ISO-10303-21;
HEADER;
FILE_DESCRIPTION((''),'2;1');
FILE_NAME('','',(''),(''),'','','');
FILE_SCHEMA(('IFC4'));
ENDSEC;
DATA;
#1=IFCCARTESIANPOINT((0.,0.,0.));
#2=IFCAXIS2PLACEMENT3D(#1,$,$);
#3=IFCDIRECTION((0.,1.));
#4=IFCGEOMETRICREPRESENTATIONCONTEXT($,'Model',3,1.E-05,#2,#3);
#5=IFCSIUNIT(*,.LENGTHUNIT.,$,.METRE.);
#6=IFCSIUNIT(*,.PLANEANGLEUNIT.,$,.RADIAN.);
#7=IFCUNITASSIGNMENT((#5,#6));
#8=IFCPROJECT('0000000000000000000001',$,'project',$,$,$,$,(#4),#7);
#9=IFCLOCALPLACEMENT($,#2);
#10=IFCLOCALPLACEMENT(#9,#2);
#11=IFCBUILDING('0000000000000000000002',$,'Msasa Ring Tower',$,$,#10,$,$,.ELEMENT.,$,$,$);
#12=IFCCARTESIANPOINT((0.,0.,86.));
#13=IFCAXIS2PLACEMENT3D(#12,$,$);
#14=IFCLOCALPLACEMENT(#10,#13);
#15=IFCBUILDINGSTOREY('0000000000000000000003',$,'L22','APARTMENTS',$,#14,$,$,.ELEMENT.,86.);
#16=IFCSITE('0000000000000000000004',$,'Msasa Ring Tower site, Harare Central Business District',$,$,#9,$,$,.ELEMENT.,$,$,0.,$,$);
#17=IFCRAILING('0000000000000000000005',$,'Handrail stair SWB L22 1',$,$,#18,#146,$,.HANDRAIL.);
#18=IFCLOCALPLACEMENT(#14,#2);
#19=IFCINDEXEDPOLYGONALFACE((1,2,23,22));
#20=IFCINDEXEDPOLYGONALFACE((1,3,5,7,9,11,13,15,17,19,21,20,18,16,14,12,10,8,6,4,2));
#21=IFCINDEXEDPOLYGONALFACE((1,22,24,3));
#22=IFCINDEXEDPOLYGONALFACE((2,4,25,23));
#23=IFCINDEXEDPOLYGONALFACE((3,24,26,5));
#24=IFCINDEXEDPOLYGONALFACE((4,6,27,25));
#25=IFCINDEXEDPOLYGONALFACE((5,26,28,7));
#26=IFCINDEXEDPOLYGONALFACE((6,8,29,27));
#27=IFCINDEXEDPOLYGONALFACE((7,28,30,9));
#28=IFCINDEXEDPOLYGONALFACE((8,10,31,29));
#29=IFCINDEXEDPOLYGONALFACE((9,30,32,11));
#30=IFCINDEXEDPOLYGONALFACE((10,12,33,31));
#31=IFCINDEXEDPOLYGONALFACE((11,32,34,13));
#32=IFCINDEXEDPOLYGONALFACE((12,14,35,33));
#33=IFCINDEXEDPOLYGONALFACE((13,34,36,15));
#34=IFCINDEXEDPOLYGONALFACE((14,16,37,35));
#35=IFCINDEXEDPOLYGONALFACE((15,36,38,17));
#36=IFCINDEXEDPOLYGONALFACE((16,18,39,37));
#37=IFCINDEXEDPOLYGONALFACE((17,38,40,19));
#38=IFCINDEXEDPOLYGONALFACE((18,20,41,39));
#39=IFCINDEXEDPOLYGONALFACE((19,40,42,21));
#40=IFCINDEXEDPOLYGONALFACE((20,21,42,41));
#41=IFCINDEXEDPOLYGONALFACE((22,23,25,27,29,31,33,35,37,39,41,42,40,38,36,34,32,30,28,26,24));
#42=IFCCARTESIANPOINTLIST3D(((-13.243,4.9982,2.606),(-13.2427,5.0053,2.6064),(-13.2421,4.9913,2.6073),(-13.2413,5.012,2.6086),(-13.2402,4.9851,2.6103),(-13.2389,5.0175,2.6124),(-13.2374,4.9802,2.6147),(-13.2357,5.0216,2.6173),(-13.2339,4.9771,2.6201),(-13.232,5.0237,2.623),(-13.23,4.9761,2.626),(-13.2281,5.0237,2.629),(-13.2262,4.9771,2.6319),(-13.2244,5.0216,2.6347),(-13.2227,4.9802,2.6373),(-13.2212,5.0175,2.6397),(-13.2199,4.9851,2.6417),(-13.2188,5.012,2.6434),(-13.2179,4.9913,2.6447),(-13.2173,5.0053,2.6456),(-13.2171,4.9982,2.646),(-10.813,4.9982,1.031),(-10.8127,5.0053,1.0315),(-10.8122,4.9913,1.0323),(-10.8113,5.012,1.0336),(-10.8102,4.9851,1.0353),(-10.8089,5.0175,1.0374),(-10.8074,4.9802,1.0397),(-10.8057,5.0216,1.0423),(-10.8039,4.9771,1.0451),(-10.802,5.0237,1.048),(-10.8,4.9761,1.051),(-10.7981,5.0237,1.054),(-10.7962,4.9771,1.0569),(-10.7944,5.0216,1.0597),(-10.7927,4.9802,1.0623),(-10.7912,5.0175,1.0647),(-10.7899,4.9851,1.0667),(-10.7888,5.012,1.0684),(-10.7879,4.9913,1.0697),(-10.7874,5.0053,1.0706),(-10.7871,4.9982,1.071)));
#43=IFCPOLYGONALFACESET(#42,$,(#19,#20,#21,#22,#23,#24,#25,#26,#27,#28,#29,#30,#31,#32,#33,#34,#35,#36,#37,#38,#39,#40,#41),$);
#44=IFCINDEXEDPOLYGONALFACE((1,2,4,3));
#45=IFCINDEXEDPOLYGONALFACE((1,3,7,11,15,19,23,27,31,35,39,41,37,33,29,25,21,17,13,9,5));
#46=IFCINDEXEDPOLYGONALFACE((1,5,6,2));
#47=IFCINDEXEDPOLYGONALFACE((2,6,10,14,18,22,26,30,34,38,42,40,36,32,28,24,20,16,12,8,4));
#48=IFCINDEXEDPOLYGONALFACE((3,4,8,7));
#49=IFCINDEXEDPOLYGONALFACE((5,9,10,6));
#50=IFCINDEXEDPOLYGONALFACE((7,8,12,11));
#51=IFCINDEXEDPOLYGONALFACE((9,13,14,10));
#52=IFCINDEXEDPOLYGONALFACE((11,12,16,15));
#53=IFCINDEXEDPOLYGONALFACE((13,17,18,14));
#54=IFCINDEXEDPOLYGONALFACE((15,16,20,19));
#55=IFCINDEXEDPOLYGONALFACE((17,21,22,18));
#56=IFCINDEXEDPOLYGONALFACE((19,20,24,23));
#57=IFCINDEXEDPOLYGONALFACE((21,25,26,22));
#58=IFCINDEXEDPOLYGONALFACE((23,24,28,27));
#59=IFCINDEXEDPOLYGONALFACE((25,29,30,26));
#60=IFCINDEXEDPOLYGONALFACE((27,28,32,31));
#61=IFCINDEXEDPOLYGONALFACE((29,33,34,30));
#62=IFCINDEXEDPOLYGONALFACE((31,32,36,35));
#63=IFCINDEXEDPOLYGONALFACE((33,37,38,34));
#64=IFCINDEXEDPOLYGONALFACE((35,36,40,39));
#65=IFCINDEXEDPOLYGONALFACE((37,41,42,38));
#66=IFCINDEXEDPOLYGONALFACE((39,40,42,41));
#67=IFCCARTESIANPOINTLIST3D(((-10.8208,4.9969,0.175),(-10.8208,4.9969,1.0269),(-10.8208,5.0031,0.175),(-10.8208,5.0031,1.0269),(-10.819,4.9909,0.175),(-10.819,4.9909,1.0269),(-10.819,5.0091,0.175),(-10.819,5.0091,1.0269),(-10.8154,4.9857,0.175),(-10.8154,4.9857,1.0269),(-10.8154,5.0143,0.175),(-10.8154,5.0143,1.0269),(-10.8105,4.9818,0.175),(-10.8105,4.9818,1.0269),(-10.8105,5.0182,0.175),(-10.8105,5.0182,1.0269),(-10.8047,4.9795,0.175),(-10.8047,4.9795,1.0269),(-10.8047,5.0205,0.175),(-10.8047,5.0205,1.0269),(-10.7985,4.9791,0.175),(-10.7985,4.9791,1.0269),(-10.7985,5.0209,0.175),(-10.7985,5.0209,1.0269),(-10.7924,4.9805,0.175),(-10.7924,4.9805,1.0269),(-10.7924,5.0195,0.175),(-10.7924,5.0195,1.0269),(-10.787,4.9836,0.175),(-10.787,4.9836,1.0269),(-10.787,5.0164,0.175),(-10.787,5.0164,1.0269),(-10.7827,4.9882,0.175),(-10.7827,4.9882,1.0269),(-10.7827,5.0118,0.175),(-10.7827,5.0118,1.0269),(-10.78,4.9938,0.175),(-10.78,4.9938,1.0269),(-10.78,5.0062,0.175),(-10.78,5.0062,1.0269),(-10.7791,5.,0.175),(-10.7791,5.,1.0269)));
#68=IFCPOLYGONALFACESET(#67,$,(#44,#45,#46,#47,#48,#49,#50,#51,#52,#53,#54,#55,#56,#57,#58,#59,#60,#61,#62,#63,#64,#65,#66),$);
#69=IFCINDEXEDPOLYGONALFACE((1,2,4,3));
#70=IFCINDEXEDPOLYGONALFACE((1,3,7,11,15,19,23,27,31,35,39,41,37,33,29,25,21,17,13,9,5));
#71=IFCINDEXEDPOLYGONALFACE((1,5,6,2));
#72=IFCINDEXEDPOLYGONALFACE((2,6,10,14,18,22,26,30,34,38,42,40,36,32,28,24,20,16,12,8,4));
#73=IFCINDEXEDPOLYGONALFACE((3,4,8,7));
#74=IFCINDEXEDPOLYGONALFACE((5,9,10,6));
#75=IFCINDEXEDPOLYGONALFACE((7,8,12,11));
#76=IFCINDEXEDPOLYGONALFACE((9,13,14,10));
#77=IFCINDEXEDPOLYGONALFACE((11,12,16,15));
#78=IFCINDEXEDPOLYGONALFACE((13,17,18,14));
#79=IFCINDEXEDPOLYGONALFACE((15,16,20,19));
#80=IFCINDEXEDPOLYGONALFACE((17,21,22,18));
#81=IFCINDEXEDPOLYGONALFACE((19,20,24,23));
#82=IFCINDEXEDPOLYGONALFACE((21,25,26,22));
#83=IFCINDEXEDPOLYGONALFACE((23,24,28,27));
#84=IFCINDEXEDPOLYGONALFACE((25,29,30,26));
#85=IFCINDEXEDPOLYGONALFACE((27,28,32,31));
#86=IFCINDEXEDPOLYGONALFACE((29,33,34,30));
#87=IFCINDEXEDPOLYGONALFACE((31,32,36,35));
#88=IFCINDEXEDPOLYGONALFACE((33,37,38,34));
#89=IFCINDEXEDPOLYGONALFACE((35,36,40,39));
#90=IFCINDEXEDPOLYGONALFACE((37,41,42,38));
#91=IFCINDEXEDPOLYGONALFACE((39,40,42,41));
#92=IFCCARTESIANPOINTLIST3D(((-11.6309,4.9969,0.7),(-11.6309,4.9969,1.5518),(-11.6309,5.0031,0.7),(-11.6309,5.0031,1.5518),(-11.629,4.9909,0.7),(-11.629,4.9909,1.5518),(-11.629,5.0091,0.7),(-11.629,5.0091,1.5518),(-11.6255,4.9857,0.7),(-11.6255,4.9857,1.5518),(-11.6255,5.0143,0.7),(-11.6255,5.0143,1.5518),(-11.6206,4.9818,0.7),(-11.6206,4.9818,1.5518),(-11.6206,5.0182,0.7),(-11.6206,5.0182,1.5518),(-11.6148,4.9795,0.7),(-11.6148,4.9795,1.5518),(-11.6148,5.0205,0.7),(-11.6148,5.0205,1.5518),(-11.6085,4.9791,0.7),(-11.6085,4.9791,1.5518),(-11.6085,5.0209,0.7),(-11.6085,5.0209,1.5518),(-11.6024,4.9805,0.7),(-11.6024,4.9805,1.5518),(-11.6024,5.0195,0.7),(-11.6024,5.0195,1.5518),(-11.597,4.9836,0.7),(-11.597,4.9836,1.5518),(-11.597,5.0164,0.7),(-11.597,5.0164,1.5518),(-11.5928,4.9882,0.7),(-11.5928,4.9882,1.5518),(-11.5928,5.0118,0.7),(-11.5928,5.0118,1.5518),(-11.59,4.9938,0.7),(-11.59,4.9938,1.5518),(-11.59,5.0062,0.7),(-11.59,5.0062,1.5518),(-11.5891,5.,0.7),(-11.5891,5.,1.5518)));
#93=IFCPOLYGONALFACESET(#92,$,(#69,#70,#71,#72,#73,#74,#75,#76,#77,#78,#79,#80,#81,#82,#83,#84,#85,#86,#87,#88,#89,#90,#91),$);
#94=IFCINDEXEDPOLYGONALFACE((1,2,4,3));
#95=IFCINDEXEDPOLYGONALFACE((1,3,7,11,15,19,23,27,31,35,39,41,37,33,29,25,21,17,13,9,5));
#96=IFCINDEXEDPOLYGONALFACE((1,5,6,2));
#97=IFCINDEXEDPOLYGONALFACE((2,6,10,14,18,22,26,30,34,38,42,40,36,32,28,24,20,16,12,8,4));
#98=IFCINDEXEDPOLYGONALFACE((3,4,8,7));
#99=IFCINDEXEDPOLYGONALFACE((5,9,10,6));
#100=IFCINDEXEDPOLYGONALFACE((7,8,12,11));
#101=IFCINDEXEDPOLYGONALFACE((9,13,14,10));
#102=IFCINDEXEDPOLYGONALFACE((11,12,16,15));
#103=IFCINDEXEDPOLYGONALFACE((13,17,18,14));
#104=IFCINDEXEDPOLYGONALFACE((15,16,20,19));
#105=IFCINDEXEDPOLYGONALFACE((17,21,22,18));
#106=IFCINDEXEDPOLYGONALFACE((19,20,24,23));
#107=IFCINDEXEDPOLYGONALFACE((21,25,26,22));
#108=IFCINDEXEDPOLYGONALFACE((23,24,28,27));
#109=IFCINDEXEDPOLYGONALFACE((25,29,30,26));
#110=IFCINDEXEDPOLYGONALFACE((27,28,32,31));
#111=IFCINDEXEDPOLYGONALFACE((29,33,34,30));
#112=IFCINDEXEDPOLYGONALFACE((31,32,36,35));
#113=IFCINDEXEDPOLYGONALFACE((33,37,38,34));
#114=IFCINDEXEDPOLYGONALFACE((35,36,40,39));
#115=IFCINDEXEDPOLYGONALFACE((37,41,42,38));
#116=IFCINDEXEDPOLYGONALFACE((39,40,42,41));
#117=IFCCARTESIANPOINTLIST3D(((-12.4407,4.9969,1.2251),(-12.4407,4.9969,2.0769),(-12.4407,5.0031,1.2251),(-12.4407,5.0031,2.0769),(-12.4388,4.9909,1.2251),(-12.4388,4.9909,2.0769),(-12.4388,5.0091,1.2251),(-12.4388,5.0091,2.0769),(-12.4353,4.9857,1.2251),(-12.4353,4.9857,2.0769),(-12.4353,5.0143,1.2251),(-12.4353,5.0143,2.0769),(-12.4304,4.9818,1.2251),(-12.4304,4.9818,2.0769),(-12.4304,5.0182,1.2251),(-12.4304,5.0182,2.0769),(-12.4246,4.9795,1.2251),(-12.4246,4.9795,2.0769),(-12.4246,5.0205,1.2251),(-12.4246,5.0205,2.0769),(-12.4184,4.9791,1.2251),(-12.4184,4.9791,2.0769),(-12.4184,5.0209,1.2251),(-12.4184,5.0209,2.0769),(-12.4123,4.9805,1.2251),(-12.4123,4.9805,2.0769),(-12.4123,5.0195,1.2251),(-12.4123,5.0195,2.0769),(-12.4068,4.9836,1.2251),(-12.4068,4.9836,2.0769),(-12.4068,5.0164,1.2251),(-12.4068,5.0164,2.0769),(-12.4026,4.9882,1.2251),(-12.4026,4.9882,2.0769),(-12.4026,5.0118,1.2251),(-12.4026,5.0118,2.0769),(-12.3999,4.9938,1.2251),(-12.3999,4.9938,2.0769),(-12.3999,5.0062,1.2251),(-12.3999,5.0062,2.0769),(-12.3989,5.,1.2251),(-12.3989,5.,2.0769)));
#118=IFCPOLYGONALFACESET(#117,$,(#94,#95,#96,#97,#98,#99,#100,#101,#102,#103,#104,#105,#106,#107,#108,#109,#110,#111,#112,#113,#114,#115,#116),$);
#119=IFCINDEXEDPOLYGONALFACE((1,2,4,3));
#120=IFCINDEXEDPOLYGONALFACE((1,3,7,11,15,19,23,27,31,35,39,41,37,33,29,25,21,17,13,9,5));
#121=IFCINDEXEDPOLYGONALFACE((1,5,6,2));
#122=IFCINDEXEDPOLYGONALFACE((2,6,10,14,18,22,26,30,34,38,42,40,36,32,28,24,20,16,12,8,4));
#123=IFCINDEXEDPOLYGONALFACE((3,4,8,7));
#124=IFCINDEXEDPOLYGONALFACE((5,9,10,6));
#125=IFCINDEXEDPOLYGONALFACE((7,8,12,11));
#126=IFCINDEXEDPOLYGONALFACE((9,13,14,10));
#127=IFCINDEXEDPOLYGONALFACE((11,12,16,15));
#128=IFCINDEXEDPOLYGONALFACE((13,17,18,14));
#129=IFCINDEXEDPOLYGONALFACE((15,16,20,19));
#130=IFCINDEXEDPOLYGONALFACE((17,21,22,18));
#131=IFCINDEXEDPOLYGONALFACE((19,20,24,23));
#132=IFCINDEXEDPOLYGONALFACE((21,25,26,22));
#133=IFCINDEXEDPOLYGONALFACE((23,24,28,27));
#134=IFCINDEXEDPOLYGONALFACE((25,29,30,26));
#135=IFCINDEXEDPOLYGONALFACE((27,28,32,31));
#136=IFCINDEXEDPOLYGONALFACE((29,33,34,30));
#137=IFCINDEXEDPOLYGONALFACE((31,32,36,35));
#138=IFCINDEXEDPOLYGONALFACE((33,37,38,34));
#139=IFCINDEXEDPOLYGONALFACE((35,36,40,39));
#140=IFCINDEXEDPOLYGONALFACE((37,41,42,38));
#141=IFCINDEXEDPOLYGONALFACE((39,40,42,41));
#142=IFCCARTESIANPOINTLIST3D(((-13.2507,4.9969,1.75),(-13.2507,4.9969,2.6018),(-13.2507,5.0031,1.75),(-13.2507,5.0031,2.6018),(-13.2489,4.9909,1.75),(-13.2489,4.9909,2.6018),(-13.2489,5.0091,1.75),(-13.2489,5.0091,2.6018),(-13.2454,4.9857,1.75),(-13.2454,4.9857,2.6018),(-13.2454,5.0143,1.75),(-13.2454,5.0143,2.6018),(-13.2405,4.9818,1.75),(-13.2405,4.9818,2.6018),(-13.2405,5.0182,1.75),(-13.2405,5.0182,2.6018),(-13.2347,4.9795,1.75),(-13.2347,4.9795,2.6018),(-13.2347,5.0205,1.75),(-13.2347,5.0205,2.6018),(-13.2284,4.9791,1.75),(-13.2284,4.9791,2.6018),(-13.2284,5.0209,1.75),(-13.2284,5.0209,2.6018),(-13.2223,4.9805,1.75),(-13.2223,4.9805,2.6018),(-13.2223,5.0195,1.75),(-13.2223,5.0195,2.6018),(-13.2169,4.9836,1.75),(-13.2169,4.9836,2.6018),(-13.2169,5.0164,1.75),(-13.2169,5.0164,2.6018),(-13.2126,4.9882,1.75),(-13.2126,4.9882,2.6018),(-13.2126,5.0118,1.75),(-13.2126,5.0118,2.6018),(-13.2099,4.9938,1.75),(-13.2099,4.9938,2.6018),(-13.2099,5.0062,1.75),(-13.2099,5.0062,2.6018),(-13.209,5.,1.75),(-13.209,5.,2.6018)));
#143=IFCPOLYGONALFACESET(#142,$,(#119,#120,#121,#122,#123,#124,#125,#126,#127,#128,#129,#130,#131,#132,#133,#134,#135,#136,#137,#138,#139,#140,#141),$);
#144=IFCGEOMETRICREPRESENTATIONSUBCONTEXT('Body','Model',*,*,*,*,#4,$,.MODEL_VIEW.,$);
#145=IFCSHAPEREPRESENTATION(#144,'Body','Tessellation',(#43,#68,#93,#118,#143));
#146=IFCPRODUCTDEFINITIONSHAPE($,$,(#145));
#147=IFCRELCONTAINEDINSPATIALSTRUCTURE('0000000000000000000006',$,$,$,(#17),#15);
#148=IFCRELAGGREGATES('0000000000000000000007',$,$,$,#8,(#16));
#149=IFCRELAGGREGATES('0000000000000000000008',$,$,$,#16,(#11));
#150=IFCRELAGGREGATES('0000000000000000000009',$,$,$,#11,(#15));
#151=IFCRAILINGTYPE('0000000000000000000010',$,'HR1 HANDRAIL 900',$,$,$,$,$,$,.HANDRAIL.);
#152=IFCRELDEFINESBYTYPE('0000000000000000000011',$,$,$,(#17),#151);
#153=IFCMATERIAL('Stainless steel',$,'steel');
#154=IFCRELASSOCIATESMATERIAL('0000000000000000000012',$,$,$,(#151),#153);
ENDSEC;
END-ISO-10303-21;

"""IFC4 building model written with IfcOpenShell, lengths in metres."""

from ifc_helpers import new_model, si_unit, direction, frame, origin, origin_2d, place, context, subcontext, project, spatial, circle, extrude, material, type_object, element, save


model = new_model("IFC4")

# Units and contexts
model_context = context("Model", 3, precision=1e-05, world=origin(), true_north=direction((0.0, 1.0)))
body_context = subcontext(model_context, "Body", "Model", "MODEL_VIEW")
ifc_project = project(units=[si_unit("LENGTHUNIT", "METRE"), si_unit("PLANEANGLEUNIT", "RADIAN")], contexts=[model_context])

# Site, building, storey
site_placement = place(None, origin())
site = spatial("IfcSite", under=ifc_project, at=site_placement, Name="Msasa Ring Tower site, Harare Central Business District", CompositionType="ELEMENT", RefElevation=0.0)
building_placement = place(site_placement, origin())
building = spatial("IfcBuilding", under=site, at=building_placement, Name="Msasa Ring Tower", CompositionType="ELEMENT")
storey_placement = place(building_placement, frame((0.0, 0.0, 86.0)))
storey = spatial("IfcBuildingStorey", under=building, at=storey_placement, Name="L22", Description="APARTMENTS", CompositionType="ELEMENT", Elevation=86.0)

# Railing
ifc_material_1 = material(Name="Stainless steel", Category="steel")
railing_type = type_object("IfcRailingType", Name="HR1 HANDRAIL 900", PredefinedType="HANDRAIL", material=ifc_material_1)
for number, where, name in (
    (1, (-10.8, 5.0, 0.175), "Handrail stair SWB L22 1"),
):
    element("IfcRailing", number, at=place(storey_placement, frame(where)), inside=storey, type_object=railing_type, Name=name, PredefinedType="HANDRAIL", context=body_context, shape_type="SweptSolid", body=[
        extrude(circle(Radius=0.0239, at=origin_2d()), frame((0.0, 0.0, 0.876), z_axis=(-0.839154, 0.0, 0.543894), x_axis=(0.0, -1.0, 0.0)), (0.0, 0.0, 1.0), 2.8958),
        extrude(circle(Radius=0.021, at=origin_2d()), origin(), (0.0, 0.0, 1.0), 0.8518),
        extrude(circle(Radius=0.021, at=origin_2d()), frame((-0.8101, 0.0, 0.5249)), (0.0, 0.0, 1.0), 0.8518),
        extrude(circle(Radius=0.021, at=origin_2d()), frame((-1.6199, 0.0, 1.05)), (0.0, 0.0, 1.0), 0.8518),
        extrude(circle(Radius=0.021, at=origin_2d()), frame((-2.4299, 0.0, 1.575)), (0.0, 0.0, 1.0), 0.8518),
    ])

save(model, "model.ifc")
